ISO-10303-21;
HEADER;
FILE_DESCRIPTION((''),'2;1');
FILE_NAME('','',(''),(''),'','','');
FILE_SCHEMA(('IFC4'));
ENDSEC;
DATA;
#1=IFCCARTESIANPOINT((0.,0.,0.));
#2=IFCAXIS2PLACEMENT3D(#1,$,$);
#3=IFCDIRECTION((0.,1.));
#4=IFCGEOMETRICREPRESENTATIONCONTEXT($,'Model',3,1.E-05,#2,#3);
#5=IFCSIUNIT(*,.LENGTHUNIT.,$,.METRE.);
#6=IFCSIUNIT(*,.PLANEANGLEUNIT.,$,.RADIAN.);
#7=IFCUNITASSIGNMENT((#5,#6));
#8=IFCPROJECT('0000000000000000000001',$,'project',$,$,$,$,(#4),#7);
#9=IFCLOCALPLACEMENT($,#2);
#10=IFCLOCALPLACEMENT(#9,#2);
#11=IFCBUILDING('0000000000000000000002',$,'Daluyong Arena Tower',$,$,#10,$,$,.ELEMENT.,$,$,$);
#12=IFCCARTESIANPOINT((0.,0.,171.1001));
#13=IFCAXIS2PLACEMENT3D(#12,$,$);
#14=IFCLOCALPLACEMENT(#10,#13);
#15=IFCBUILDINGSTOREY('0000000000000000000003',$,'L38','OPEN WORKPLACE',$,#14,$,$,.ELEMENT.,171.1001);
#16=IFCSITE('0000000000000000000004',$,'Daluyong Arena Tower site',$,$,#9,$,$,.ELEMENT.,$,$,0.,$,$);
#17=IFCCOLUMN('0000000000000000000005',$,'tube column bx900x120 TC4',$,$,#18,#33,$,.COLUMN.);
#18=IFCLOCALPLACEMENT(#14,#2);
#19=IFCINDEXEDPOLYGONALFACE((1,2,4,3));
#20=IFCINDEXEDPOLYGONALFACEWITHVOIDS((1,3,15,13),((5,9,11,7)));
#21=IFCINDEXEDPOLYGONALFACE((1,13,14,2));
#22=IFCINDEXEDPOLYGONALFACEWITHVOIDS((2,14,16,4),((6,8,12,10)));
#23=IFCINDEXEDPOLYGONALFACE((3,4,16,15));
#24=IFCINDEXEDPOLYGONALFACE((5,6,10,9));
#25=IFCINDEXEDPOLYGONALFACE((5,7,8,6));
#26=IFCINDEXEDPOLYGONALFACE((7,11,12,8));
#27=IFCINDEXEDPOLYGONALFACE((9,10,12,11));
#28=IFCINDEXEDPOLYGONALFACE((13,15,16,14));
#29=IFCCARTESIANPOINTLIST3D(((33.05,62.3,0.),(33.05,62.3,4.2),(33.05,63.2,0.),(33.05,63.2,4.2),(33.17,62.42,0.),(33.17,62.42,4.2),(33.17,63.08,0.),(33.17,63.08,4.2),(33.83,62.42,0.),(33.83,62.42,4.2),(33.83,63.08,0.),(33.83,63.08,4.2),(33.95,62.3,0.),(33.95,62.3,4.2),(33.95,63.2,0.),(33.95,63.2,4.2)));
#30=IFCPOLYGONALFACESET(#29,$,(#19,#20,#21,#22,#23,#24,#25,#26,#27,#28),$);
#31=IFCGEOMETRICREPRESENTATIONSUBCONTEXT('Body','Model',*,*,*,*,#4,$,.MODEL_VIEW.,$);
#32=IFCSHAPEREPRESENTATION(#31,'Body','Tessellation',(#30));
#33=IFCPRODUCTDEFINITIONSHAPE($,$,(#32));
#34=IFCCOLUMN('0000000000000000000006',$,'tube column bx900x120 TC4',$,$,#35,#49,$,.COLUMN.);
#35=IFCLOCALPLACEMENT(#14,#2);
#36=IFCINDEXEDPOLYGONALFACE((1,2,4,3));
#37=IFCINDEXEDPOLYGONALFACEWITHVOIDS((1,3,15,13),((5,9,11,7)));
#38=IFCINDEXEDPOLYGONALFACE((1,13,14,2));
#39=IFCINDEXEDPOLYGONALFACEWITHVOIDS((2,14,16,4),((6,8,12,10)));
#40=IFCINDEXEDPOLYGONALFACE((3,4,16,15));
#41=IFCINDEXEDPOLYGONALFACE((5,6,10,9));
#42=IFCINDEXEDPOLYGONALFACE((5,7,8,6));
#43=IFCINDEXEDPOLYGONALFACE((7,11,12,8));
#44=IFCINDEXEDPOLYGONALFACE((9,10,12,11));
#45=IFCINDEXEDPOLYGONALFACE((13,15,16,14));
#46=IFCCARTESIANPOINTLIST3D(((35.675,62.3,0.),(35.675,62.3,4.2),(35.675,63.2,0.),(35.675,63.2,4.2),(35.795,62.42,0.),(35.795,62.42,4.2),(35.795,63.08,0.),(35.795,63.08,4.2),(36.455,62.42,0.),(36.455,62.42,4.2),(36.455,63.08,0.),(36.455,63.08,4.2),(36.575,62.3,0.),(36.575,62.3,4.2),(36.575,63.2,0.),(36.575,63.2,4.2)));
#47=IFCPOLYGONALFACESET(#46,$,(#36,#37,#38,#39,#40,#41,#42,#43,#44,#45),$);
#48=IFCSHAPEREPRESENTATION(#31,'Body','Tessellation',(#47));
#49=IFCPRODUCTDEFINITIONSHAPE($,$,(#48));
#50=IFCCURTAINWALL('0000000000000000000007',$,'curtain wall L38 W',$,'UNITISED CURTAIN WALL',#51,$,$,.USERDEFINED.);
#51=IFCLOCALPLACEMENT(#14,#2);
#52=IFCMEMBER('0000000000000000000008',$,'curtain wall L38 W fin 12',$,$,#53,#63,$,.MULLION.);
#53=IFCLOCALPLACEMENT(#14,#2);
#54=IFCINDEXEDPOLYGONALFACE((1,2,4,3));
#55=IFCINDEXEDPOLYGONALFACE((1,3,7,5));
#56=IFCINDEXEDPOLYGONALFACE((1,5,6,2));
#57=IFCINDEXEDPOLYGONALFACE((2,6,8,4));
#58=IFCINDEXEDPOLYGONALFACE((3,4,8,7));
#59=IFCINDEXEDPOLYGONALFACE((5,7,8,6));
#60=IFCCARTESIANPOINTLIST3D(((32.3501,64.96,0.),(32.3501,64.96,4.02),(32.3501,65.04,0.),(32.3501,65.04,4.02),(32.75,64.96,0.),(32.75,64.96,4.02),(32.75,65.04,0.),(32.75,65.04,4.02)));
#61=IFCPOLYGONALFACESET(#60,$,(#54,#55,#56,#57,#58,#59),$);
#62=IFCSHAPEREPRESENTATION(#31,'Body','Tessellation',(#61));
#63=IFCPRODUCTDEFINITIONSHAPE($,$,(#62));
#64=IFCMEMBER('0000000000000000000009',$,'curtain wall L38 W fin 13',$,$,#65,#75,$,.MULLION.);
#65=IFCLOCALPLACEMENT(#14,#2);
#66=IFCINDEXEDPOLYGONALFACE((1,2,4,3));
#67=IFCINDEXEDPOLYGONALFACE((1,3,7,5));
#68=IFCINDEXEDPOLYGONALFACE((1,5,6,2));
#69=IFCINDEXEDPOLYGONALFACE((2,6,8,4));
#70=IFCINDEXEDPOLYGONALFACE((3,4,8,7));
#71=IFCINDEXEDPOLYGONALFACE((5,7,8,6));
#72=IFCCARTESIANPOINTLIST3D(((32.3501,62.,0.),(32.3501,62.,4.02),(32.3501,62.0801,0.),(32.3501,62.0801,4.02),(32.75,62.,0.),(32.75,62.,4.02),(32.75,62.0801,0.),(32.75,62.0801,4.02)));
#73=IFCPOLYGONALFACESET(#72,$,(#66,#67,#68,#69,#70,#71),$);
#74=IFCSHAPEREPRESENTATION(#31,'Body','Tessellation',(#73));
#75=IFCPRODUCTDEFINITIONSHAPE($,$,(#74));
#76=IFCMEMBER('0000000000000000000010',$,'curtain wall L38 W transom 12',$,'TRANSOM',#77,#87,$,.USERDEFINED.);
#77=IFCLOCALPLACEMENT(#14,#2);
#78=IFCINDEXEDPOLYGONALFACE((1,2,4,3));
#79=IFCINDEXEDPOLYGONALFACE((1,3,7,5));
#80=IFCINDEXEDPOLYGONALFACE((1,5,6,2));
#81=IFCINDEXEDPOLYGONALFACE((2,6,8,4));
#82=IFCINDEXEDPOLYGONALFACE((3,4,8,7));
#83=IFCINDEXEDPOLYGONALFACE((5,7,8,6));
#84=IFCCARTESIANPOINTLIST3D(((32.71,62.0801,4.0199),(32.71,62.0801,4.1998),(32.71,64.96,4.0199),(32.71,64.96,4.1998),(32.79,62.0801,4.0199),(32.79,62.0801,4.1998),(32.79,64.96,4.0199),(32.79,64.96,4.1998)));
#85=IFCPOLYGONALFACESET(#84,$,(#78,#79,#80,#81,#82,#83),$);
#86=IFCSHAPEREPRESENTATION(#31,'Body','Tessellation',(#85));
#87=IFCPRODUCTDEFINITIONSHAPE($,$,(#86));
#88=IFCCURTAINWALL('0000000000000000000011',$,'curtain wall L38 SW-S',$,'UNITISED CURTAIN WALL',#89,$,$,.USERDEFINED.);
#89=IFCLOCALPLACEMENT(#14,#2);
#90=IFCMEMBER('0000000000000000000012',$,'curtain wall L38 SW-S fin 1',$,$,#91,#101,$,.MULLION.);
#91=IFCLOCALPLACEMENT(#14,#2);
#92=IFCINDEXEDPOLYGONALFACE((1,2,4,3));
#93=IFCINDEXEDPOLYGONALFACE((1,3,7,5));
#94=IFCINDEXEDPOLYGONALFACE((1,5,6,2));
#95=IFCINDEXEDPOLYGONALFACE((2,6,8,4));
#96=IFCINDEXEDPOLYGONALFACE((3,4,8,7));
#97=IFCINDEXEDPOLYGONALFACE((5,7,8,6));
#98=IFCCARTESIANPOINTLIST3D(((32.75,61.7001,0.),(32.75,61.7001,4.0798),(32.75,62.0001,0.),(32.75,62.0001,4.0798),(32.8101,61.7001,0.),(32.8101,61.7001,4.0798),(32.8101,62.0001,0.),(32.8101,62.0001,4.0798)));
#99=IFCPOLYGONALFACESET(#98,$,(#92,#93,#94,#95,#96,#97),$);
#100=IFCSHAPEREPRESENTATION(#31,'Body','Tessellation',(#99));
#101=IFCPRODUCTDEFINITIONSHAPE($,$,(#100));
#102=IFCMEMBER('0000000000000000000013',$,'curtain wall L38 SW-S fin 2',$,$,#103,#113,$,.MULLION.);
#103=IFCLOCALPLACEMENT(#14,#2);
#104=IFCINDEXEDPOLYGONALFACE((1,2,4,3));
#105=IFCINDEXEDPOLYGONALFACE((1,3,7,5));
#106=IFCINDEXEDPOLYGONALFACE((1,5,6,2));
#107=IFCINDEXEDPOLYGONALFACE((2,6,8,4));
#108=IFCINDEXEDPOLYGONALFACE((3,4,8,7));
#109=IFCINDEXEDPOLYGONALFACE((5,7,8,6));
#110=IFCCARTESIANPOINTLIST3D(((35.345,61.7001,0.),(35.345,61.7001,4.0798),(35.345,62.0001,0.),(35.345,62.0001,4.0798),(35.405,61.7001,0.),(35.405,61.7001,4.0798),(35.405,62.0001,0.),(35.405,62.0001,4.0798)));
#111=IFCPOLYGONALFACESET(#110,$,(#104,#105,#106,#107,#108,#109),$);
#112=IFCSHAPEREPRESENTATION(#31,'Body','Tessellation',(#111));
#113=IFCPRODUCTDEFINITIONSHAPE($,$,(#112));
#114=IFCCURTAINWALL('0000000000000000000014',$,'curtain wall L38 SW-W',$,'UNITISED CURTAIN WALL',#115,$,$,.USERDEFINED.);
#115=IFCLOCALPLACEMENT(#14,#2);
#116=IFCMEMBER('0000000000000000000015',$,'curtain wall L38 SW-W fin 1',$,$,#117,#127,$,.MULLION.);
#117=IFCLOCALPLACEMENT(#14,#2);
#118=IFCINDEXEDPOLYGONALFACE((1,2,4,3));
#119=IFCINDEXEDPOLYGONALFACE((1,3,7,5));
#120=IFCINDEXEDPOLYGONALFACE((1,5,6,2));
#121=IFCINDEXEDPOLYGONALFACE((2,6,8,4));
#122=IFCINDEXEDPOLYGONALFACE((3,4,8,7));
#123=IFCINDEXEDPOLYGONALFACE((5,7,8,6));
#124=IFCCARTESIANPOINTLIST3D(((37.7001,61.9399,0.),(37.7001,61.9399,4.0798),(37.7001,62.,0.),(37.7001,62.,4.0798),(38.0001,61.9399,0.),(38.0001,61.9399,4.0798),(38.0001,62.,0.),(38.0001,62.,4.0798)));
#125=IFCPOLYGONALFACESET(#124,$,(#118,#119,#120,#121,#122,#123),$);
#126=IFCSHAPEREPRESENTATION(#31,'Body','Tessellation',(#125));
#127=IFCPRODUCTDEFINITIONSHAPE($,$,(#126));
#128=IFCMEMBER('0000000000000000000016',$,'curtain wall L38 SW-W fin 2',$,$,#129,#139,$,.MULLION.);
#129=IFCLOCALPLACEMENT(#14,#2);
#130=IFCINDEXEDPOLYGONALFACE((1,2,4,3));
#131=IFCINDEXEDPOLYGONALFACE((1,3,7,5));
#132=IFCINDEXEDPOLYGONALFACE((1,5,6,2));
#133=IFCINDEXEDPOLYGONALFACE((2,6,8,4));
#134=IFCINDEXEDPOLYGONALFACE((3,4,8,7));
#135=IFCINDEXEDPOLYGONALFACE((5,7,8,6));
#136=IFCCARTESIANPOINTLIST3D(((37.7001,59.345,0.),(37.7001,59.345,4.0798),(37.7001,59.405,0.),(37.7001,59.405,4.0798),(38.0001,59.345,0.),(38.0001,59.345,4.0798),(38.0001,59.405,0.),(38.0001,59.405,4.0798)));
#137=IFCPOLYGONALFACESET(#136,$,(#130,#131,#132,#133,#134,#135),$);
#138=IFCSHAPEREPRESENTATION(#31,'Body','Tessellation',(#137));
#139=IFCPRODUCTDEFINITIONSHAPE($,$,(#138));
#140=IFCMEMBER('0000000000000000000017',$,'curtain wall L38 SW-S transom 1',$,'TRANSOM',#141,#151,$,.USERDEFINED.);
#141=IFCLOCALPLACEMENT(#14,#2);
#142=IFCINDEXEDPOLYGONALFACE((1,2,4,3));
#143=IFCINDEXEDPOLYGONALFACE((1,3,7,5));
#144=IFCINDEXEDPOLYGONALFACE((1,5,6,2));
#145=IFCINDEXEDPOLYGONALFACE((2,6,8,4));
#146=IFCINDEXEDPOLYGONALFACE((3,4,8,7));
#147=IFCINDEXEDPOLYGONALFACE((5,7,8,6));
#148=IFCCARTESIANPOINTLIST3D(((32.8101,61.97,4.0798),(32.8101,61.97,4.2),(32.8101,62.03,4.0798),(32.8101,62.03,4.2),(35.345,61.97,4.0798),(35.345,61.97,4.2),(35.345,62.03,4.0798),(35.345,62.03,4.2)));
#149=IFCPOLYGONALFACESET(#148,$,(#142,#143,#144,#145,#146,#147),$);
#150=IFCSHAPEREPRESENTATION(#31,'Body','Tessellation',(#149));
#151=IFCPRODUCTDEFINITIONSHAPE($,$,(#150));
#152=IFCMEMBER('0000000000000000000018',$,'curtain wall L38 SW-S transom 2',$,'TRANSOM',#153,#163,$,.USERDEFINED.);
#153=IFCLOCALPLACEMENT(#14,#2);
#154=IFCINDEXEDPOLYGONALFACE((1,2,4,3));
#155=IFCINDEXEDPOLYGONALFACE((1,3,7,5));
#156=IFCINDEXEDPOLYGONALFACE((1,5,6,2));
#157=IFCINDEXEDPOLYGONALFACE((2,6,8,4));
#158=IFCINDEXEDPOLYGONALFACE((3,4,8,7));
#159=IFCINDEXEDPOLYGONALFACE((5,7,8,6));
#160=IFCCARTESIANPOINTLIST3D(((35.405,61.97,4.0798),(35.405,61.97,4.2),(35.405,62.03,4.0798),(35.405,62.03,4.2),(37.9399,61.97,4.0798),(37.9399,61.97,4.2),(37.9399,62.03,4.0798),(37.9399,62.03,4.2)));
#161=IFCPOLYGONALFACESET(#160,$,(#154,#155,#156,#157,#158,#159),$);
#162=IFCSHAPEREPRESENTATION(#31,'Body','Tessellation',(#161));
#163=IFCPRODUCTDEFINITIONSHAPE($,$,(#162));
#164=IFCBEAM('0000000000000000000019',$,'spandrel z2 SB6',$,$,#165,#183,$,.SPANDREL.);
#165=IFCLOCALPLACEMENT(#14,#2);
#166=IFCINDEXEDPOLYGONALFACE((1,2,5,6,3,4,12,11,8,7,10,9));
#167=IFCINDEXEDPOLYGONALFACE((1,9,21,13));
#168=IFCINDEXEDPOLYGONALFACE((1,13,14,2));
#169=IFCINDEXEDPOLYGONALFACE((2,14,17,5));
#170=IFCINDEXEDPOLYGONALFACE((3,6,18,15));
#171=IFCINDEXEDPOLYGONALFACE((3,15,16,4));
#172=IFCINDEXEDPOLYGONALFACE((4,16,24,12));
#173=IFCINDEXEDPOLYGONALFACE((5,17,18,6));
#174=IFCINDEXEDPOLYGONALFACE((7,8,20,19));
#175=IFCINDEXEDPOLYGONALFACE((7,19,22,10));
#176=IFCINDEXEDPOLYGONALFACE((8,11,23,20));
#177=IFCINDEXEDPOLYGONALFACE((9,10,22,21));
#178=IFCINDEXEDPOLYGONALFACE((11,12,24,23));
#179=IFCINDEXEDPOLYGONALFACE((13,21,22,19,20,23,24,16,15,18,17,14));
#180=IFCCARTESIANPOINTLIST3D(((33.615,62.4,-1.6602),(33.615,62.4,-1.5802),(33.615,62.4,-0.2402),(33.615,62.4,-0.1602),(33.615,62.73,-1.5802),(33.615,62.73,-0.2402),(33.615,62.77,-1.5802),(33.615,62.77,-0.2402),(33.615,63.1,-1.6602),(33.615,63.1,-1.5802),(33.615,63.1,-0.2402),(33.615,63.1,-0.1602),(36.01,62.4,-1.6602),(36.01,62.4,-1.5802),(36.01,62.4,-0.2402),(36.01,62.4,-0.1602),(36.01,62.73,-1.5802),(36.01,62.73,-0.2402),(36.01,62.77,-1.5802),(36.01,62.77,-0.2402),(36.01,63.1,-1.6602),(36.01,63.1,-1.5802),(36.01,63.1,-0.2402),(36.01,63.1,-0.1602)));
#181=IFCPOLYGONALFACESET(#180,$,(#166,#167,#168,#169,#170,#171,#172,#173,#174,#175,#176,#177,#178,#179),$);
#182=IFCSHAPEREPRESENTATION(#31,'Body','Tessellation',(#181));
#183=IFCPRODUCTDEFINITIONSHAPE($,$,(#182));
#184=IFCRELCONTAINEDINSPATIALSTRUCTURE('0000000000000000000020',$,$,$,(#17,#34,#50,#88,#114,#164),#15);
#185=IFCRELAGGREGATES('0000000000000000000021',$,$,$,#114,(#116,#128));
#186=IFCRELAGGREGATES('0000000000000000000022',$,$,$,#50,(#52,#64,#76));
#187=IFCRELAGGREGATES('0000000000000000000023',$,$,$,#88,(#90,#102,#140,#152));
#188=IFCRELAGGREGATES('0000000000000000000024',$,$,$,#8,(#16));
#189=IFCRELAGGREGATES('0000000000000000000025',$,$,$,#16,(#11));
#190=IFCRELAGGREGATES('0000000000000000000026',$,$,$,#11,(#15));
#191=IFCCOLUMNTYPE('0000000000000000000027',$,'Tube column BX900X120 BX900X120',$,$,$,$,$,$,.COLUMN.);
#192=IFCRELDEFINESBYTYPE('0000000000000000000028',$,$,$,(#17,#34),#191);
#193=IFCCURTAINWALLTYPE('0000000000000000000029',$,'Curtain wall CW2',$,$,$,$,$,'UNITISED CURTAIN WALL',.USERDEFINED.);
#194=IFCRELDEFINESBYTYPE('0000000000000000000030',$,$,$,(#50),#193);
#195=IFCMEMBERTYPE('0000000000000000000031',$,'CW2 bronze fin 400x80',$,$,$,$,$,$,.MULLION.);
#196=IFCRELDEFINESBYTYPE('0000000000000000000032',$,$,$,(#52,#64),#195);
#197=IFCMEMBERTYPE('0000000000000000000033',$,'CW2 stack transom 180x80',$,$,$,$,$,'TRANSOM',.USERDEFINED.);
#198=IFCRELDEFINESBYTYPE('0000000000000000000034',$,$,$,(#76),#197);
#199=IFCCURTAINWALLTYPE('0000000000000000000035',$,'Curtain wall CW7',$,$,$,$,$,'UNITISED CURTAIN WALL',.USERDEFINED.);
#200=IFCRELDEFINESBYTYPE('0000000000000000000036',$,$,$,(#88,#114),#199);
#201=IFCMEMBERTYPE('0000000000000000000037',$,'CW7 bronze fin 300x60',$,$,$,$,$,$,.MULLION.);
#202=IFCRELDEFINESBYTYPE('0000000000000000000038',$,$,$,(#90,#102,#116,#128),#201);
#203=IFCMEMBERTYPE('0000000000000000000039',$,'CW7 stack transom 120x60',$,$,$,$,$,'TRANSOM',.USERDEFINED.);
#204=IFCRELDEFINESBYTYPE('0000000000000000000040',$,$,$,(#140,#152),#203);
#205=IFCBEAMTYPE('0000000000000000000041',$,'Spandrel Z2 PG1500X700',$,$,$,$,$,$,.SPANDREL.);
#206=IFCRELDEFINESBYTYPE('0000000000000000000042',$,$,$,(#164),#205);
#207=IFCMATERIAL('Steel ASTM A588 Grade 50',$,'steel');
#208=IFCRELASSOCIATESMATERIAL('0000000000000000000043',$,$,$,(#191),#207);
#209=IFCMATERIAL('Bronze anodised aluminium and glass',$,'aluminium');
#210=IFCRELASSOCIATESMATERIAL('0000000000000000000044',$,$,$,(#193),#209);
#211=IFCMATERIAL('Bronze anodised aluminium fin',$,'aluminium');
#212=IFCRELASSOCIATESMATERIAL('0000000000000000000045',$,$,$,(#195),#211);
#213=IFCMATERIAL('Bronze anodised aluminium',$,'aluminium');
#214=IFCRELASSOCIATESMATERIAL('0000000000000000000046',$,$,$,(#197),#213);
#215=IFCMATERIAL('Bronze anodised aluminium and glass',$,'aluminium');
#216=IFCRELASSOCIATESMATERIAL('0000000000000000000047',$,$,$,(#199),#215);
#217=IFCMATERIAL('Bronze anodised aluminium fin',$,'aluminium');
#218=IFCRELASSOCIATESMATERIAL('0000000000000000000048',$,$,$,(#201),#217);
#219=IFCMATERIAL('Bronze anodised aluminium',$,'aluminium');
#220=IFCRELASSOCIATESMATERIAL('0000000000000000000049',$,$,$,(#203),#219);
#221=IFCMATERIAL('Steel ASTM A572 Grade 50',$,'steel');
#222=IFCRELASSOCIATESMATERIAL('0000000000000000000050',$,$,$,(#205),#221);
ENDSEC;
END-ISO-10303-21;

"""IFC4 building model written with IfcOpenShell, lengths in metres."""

from ifc_helpers import new_model, si_unit, direction, frame, origin, origin_2d, place, context, subcontext, project, spatial, rectangle, hollow_rectangle, i_section, extrude, material, material_profile, profile_set, type_object, element, aggregate, save


model = new_model("IFC4")

# Units and contexts
model_context = context("Model", 3, precision=1e-05, world=origin(), true_north=direction((0.0, 1.0)))
body_context = subcontext(model_context, "Body", "Model", "MODEL_VIEW")
ifc_project = project(units=[si_unit("LENGTHUNIT", "METRE"), si_unit("PLANEANGLEUNIT", "RADIAN")], contexts=[model_context])

# Site, building, storey
site_placement = place(None, origin())
site = spatial("IfcSite", under=ifc_project, at=site_placement, Name="Daluyong Arena Tower site", CompositionType="ELEMENT", RefElevation=0.0)
building_placement = place(site_placement, origin())
building = spatial("IfcBuilding", under=site, at=building_placement, Name="Daluyong Arena Tower", CompositionType="ELEMENT")
storey_placement = place(building_placement, frame((0.0, 0.0, 171.1001)))
storey = spatial("IfcBuildingStorey", under=building, at=storey_placement, Name="L38", Description="OPEN WORKPLACE", CompositionType="ELEMENT", Elevation=171.1001)

# Columns
ifc_material_1 = material(Name="Steel ASTM A588 Grade 50", Category="steel")
ifc_material_profile_1 = material_profile(ifc_material_1, hollow_rectangle(XDim=0.8999, YDim=0.8999, WallThickness=0.12, at=origin_2d()))
ifc_profile_set_1 = profile_set([ifc_material_profile_1], Name="Steel ASTM A588 Grade 50")
column_type = type_object("IfcColumnType", Name="Tube column BX900X120 BX900X120", PredefinedType="COLUMN", material=ifc_profile_set_1)
for number, where, z_axis, x_axis, name in (
    (1, (33.5, 62.75, 0.0), (0.0, 0.0, 1.0), (1.0, 0.0, 0.0), "tube column bx900x120 TC4"),
    (2, (36.125, 62.75, 0.0), (0.0, 0.0, 1.0), (1.0, 0.0, 0.0), "tube column bx900x120 TC4"),
):
    element("IfcColumn", number, at=place(storey_placement, frame(where, z_axis=z_axis, x_axis=x_axis)), inside=storey, type_object=column_type, Name=name, PredefinedType="COLUMN", context=body_context, shape_type="SweptSolid", body=[
        extrude(hollow_rectangle(XDim=0.8999, YDim=0.8999, WallThickness=0.12, at=origin_2d()), origin(), (0.0, 0.0, 1.0), 4.2),
    ])

# Curtain walls, members
ifc_material_2 = material(Name="Bronze anodised aluminium and glass", Category="aluminium")
curtain_wall_type_1 = type_object("IfcCurtainWallType", Name="Curtain wall CW2", ElementType="UNITISED CURTAIN WALL", PredefinedType="USERDEFINED", material=ifc_material_2)
curtain_wall_1_placement = place(storey_placement, origin())
curtain_wall_1 = element("IfcCurtainWall", 3, at=curtain_wall_1_placement, inside=storey, type_object=curtain_wall_type_1, Name="curtain wall L38 W", ObjectType="UNITISED CURTAIN WALL", PredefinedType="USERDEFINED")
ifc_material_3 = material(Name="Bronze anodised aluminium fin", Category="aluminium")
ifc_material_profile_2 = material_profile(ifc_material_3, rectangle(XDim=0.3999, YDim=0.0801, at=origin_2d()))
ifc_profile_set_2 = profile_set([ifc_material_profile_2], Name="Bronze anodised aluminium fin")
member_type_1 = type_object("IfcMemberType", Name="CW2 bronze fin 400x80", PredefinedType="MULLION", material=ifc_profile_set_2)
member_1_placement = place(storey_placement, frame((32.55, 65.0, 0.0), z_axis=(0.0, 0.0, 1.0), x_axis=(1.0, 0.0, 0.0)))
member_1 = element("IfcMember", 4, at=member_1_placement, type_object=member_type_1, Name="curtain wall L38 W fin 12", PredefinedType="MULLION", context=body_context, shape_type="SweptSolid", body=[
    extrude(rectangle(XDim=0.3999, YDim=0.0801, at=origin_2d()), origin(), (0.0, 0.0, 1.0), 4.02),
])
member_2_placement = place(storey_placement, frame((32.55, 62.04, 0.0), z_axis=(0.0, 0.0, 1.0), x_axis=(1.0, 0.0, 0.0)))
member_2 = element("IfcMember", 5, at=member_2_placement, type_object=member_type_1, Name="curtain wall L38 W fin 13", PredefinedType="MULLION", context=body_context, shape_type="SweptSolid", body=[
    extrude(rectangle(XDim=0.3999, YDim=0.0801, at=origin_2d()), origin(), (0.0, 0.0, 1.0), 4.02),
])
ifc_material_4 = material(Name="Bronze anodised aluminium", Category="aluminium")
ifc_material_profile_3 = material_profile(ifc_material_4, rectangle(XDim=0.0801, YDim=0.1799, at=origin_2d()))
ifc_profile_set_3 = profile_set([ifc_material_profile_3], Name="Bronze anodised aluminium")
member_type_2 = type_object("IfcMemberType", Name="CW2 stack transom 180x80", ElementType="TRANSOM", PredefinedType="USERDEFINED", material=ifc_profile_set_3)
member_3_placement = place(storey_placement, frame((32.75, 64.96, 4.1099), z_axis=(0.0, -1.0, 0.0), x_axis=(1.0, 0.0, 0.0)))
member_3 = element("IfcMember", 6, at=member_3_placement, type_object=member_type_2, Name="curtain wall L38 W transom 12", ObjectType="TRANSOM", PredefinedType="USERDEFINED", context=body_context, shape_type="SweptSolid", body=[
    extrude(rectangle(XDim=0.0801, YDim=0.1799, at=origin_2d()), origin(), (0.0, 0.0, 1.0), 2.8799),
])
ifc_material_5 = material(Name="Bronze anodised aluminium and glass", Category="aluminium")
curtain_wall_type_2 = type_object("IfcCurtainWallType", Name="Curtain wall CW7", ElementType="UNITISED CURTAIN WALL", PredefinedType="USERDEFINED", material=ifc_material_5)
curtain_wall_2_placement = place(storey_placement, origin())
curtain_wall_2 = element("IfcCurtainWall", 7, at=curtain_wall_2_placement, inside=storey, type_object=curtain_wall_type_2, Name="curtain wall L38 SW-S", ObjectType="UNITISED CURTAIN WALL", PredefinedType="USERDEFINED")
ifc_material_6 = material(Name="Bronze anodised aluminium fin", Category="aluminium")
ifc_material_profile_4 = material_profile(ifc_material_6, rectangle(XDim=0.3, YDim=0.0601, at=origin_2d()))
ifc_profile_set_4 = profile_set([ifc_material_profile_4], Name="Bronze anodised aluminium fin")
member_type_3 = type_object("IfcMemberType", Name="CW7 bronze fin 300x60", PredefinedType="MULLION", material=ifc_profile_set_4)
member_4_placement = place(storey_placement, frame((32.78, 61.8501, 0.0), z_axis=(0.0, 0.0, 1.0), x_axis=(0.0, 1.0, 0.0)))
member_4 = element("IfcMember", 8, at=member_4_placement, type_object=member_type_3, Name="curtain wall L38 SW-S fin 1", PredefinedType="MULLION", context=body_context, shape_type="SweptSolid", body=[
    extrude(rectangle(XDim=0.3, YDim=0.0601, at=origin_2d()), origin(), (0.0, 0.0, 1.0), 4.0798),
])
member_5_placement = place(storey_placement, frame((35.375, 61.8501, 0.0), z_axis=(0.0, 0.0, 1.0), x_axis=(0.0, 1.0, 0.0)))
member_5 = element("IfcMember", 9, at=member_5_placement, type_object=member_type_3, Name="curtain wall L38 SW-S fin 2", PredefinedType="MULLION", context=body_context, shape_type="SweptSolid", body=[
    extrude(rectangle(XDim=0.3, YDim=0.0601, at=origin_2d()), origin(), (0.0, 0.0, 1.0), 4.0798),
])
curtain_wall_3_placement = place(storey_placement, origin())
curtain_wall_3 = element("IfcCurtainWall", 10, at=curtain_wall_3_placement, inside=storey, type_object=curtain_wall_type_2, Name="curtain wall L38 SW-W", ObjectType="UNITISED CURTAIN WALL", PredefinedType="USERDEFINED")
member_6_placement = place(storey_placement, frame((37.8501, 61.97, 0.0), z_axis=(0.0, 0.0, 1.0), x_axis=(1.0, 0.0, 0.0)))
member_6 = element("IfcMember", 11, at=member_6_placement, type_object=member_type_3, Name="curtain wall L38 SW-W fin 1", PredefinedType="MULLION", context=body_context, shape_type="SweptSolid", body=[
    extrude(rectangle(XDim=0.3, YDim=0.0601, at=origin_2d()), origin(), (0.0, 0.0, 1.0), 4.0798),
])
member_7_placement = place(storey_placement, frame((37.8501, 59.375, 0.0), z_axis=(0.0, 0.0, 1.0), x_axis=(1.0, 0.0, 0.0)))
member_7 = element("IfcMember", 12, at=member_7_placement, type_object=member_type_3, Name="curtain wall L38 SW-W fin 2", PredefinedType="MULLION", context=body_context, shape_type="SweptSolid", body=[
    extrude(rectangle(XDim=0.3, YDim=0.0601, at=origin_2d()), origin(), (0.0, 0.0, 1.0), 4.0798),
])
aggregate(curtain_wall_3, [member_6, member_7])

# Members
ifc_material_7 = material(Name="Bronze anodised aluminium", Category="aluminium")
ifc_material_profile_5 = material_profile(ifc_material_7, rectangle(XDim=0.0601, YDim=0.1201, at=origin_2d()))
ifc_profile_set_5 = profile_set([ifc_material_profile_5], Name="Bronze anodised aluminium")
member_type_4 = type_object("IfcMemberType", Name="CW7 stack transom 120x60", ElementType="TRANSOM", PredefinedType="USERDEFINED", material=ifc_profile_set_5)
member_8_placement = place(storey_placement, frame((32.8101, 62.0, 4.1399), z_axis=(1.0, 0.0, 0.0), x_axis=(0.0, 1.0, 0.0)))
member_8 = element("IfcMember", 13, at=member_8_placement, type_object=member_type_4, Name="curtain wall L38 SW-S transom 1", ObjectType="TRANSOM", PredefinedType="USERDEFINED", context=body_context, shape_type="SweptSolid", body=[
    extrude(rectangle(XDim=0.0601, YDim=0.1201, at=origin_2d()), origin(), (0.0, 0.0, 1.0), 2.5349),
])
member_9_placement = place(storey_placement, frame((35.405, 62.0, 4.1399), z_axis=(1.0, 0.0, 0.0), x_axis=(0.0, 1.0, 0.0)))
member_9 = element("IfcMember", 14, at=member_9_placement, type_object=member_type_4, Name="curtain wall L38 SW-S transom 2", ObjectType="TRANSOM", PredefinedType="USERDEFINED", context=body_context, shape_type="SweptSolid", body=[
    extrude(rectangle(XDim=0.0601, YDim=0.1201, at=origin_2d()), origin(), (0.0, 0.0, 1.0), 2.5349),
])

# Beam
ifc_material_8 = material(Name="Steel ASTM A572 Grade 50", Category="steel")
ifc_material_profile_6 = material_profile(ifc_material_8, i_section(OverallWidth=0.7, OverallDepth=1.5, WebThickness=0.04, FlangeThickness=0.08, at=origin_2d()))
ifc_profile_set_6 = profile_set([ifc_material_profile_6], Name="Steel ASTM A572 Grade 50")
beam_type = type_object("IfcBeamType", Name="Spandrel Z2 PG1500X700", PredefinedType="SPANDREL", material=ifc_profile_set_6)
for number, where, z_axis, x_axis, name in (
    (15, (33.615, 62.75, -0.9102), (1.0, 0.0, 0.0), (0.0, 1.0, 0.0), "spandrel z2 SB6"),
):
    element("IfcBeam", number, at=place(storey_placement, frame(where, z_axis=z_axis, x_axis=x_axis)), inside=storey, type_object=beam_type, Name=name, PredefinedType="SPANDREL", context=body_context, shape_type="SweptSolid", body=[
        extrude(i_section(OverallWidth=0.7, OverallDepth=1.5, WebThickness=0.04, FlangeThickness=0.08, at=origin_2d()), origin(), (0.0, 0.0, 1.0), 2.395),
    ])

aggregate(curtain_wall_1, [member_1, member_2, member_3])
aggregate(curtain_wall_2, [member_4, member_5, member_8, member_9])

save(model, "model.ifc")
